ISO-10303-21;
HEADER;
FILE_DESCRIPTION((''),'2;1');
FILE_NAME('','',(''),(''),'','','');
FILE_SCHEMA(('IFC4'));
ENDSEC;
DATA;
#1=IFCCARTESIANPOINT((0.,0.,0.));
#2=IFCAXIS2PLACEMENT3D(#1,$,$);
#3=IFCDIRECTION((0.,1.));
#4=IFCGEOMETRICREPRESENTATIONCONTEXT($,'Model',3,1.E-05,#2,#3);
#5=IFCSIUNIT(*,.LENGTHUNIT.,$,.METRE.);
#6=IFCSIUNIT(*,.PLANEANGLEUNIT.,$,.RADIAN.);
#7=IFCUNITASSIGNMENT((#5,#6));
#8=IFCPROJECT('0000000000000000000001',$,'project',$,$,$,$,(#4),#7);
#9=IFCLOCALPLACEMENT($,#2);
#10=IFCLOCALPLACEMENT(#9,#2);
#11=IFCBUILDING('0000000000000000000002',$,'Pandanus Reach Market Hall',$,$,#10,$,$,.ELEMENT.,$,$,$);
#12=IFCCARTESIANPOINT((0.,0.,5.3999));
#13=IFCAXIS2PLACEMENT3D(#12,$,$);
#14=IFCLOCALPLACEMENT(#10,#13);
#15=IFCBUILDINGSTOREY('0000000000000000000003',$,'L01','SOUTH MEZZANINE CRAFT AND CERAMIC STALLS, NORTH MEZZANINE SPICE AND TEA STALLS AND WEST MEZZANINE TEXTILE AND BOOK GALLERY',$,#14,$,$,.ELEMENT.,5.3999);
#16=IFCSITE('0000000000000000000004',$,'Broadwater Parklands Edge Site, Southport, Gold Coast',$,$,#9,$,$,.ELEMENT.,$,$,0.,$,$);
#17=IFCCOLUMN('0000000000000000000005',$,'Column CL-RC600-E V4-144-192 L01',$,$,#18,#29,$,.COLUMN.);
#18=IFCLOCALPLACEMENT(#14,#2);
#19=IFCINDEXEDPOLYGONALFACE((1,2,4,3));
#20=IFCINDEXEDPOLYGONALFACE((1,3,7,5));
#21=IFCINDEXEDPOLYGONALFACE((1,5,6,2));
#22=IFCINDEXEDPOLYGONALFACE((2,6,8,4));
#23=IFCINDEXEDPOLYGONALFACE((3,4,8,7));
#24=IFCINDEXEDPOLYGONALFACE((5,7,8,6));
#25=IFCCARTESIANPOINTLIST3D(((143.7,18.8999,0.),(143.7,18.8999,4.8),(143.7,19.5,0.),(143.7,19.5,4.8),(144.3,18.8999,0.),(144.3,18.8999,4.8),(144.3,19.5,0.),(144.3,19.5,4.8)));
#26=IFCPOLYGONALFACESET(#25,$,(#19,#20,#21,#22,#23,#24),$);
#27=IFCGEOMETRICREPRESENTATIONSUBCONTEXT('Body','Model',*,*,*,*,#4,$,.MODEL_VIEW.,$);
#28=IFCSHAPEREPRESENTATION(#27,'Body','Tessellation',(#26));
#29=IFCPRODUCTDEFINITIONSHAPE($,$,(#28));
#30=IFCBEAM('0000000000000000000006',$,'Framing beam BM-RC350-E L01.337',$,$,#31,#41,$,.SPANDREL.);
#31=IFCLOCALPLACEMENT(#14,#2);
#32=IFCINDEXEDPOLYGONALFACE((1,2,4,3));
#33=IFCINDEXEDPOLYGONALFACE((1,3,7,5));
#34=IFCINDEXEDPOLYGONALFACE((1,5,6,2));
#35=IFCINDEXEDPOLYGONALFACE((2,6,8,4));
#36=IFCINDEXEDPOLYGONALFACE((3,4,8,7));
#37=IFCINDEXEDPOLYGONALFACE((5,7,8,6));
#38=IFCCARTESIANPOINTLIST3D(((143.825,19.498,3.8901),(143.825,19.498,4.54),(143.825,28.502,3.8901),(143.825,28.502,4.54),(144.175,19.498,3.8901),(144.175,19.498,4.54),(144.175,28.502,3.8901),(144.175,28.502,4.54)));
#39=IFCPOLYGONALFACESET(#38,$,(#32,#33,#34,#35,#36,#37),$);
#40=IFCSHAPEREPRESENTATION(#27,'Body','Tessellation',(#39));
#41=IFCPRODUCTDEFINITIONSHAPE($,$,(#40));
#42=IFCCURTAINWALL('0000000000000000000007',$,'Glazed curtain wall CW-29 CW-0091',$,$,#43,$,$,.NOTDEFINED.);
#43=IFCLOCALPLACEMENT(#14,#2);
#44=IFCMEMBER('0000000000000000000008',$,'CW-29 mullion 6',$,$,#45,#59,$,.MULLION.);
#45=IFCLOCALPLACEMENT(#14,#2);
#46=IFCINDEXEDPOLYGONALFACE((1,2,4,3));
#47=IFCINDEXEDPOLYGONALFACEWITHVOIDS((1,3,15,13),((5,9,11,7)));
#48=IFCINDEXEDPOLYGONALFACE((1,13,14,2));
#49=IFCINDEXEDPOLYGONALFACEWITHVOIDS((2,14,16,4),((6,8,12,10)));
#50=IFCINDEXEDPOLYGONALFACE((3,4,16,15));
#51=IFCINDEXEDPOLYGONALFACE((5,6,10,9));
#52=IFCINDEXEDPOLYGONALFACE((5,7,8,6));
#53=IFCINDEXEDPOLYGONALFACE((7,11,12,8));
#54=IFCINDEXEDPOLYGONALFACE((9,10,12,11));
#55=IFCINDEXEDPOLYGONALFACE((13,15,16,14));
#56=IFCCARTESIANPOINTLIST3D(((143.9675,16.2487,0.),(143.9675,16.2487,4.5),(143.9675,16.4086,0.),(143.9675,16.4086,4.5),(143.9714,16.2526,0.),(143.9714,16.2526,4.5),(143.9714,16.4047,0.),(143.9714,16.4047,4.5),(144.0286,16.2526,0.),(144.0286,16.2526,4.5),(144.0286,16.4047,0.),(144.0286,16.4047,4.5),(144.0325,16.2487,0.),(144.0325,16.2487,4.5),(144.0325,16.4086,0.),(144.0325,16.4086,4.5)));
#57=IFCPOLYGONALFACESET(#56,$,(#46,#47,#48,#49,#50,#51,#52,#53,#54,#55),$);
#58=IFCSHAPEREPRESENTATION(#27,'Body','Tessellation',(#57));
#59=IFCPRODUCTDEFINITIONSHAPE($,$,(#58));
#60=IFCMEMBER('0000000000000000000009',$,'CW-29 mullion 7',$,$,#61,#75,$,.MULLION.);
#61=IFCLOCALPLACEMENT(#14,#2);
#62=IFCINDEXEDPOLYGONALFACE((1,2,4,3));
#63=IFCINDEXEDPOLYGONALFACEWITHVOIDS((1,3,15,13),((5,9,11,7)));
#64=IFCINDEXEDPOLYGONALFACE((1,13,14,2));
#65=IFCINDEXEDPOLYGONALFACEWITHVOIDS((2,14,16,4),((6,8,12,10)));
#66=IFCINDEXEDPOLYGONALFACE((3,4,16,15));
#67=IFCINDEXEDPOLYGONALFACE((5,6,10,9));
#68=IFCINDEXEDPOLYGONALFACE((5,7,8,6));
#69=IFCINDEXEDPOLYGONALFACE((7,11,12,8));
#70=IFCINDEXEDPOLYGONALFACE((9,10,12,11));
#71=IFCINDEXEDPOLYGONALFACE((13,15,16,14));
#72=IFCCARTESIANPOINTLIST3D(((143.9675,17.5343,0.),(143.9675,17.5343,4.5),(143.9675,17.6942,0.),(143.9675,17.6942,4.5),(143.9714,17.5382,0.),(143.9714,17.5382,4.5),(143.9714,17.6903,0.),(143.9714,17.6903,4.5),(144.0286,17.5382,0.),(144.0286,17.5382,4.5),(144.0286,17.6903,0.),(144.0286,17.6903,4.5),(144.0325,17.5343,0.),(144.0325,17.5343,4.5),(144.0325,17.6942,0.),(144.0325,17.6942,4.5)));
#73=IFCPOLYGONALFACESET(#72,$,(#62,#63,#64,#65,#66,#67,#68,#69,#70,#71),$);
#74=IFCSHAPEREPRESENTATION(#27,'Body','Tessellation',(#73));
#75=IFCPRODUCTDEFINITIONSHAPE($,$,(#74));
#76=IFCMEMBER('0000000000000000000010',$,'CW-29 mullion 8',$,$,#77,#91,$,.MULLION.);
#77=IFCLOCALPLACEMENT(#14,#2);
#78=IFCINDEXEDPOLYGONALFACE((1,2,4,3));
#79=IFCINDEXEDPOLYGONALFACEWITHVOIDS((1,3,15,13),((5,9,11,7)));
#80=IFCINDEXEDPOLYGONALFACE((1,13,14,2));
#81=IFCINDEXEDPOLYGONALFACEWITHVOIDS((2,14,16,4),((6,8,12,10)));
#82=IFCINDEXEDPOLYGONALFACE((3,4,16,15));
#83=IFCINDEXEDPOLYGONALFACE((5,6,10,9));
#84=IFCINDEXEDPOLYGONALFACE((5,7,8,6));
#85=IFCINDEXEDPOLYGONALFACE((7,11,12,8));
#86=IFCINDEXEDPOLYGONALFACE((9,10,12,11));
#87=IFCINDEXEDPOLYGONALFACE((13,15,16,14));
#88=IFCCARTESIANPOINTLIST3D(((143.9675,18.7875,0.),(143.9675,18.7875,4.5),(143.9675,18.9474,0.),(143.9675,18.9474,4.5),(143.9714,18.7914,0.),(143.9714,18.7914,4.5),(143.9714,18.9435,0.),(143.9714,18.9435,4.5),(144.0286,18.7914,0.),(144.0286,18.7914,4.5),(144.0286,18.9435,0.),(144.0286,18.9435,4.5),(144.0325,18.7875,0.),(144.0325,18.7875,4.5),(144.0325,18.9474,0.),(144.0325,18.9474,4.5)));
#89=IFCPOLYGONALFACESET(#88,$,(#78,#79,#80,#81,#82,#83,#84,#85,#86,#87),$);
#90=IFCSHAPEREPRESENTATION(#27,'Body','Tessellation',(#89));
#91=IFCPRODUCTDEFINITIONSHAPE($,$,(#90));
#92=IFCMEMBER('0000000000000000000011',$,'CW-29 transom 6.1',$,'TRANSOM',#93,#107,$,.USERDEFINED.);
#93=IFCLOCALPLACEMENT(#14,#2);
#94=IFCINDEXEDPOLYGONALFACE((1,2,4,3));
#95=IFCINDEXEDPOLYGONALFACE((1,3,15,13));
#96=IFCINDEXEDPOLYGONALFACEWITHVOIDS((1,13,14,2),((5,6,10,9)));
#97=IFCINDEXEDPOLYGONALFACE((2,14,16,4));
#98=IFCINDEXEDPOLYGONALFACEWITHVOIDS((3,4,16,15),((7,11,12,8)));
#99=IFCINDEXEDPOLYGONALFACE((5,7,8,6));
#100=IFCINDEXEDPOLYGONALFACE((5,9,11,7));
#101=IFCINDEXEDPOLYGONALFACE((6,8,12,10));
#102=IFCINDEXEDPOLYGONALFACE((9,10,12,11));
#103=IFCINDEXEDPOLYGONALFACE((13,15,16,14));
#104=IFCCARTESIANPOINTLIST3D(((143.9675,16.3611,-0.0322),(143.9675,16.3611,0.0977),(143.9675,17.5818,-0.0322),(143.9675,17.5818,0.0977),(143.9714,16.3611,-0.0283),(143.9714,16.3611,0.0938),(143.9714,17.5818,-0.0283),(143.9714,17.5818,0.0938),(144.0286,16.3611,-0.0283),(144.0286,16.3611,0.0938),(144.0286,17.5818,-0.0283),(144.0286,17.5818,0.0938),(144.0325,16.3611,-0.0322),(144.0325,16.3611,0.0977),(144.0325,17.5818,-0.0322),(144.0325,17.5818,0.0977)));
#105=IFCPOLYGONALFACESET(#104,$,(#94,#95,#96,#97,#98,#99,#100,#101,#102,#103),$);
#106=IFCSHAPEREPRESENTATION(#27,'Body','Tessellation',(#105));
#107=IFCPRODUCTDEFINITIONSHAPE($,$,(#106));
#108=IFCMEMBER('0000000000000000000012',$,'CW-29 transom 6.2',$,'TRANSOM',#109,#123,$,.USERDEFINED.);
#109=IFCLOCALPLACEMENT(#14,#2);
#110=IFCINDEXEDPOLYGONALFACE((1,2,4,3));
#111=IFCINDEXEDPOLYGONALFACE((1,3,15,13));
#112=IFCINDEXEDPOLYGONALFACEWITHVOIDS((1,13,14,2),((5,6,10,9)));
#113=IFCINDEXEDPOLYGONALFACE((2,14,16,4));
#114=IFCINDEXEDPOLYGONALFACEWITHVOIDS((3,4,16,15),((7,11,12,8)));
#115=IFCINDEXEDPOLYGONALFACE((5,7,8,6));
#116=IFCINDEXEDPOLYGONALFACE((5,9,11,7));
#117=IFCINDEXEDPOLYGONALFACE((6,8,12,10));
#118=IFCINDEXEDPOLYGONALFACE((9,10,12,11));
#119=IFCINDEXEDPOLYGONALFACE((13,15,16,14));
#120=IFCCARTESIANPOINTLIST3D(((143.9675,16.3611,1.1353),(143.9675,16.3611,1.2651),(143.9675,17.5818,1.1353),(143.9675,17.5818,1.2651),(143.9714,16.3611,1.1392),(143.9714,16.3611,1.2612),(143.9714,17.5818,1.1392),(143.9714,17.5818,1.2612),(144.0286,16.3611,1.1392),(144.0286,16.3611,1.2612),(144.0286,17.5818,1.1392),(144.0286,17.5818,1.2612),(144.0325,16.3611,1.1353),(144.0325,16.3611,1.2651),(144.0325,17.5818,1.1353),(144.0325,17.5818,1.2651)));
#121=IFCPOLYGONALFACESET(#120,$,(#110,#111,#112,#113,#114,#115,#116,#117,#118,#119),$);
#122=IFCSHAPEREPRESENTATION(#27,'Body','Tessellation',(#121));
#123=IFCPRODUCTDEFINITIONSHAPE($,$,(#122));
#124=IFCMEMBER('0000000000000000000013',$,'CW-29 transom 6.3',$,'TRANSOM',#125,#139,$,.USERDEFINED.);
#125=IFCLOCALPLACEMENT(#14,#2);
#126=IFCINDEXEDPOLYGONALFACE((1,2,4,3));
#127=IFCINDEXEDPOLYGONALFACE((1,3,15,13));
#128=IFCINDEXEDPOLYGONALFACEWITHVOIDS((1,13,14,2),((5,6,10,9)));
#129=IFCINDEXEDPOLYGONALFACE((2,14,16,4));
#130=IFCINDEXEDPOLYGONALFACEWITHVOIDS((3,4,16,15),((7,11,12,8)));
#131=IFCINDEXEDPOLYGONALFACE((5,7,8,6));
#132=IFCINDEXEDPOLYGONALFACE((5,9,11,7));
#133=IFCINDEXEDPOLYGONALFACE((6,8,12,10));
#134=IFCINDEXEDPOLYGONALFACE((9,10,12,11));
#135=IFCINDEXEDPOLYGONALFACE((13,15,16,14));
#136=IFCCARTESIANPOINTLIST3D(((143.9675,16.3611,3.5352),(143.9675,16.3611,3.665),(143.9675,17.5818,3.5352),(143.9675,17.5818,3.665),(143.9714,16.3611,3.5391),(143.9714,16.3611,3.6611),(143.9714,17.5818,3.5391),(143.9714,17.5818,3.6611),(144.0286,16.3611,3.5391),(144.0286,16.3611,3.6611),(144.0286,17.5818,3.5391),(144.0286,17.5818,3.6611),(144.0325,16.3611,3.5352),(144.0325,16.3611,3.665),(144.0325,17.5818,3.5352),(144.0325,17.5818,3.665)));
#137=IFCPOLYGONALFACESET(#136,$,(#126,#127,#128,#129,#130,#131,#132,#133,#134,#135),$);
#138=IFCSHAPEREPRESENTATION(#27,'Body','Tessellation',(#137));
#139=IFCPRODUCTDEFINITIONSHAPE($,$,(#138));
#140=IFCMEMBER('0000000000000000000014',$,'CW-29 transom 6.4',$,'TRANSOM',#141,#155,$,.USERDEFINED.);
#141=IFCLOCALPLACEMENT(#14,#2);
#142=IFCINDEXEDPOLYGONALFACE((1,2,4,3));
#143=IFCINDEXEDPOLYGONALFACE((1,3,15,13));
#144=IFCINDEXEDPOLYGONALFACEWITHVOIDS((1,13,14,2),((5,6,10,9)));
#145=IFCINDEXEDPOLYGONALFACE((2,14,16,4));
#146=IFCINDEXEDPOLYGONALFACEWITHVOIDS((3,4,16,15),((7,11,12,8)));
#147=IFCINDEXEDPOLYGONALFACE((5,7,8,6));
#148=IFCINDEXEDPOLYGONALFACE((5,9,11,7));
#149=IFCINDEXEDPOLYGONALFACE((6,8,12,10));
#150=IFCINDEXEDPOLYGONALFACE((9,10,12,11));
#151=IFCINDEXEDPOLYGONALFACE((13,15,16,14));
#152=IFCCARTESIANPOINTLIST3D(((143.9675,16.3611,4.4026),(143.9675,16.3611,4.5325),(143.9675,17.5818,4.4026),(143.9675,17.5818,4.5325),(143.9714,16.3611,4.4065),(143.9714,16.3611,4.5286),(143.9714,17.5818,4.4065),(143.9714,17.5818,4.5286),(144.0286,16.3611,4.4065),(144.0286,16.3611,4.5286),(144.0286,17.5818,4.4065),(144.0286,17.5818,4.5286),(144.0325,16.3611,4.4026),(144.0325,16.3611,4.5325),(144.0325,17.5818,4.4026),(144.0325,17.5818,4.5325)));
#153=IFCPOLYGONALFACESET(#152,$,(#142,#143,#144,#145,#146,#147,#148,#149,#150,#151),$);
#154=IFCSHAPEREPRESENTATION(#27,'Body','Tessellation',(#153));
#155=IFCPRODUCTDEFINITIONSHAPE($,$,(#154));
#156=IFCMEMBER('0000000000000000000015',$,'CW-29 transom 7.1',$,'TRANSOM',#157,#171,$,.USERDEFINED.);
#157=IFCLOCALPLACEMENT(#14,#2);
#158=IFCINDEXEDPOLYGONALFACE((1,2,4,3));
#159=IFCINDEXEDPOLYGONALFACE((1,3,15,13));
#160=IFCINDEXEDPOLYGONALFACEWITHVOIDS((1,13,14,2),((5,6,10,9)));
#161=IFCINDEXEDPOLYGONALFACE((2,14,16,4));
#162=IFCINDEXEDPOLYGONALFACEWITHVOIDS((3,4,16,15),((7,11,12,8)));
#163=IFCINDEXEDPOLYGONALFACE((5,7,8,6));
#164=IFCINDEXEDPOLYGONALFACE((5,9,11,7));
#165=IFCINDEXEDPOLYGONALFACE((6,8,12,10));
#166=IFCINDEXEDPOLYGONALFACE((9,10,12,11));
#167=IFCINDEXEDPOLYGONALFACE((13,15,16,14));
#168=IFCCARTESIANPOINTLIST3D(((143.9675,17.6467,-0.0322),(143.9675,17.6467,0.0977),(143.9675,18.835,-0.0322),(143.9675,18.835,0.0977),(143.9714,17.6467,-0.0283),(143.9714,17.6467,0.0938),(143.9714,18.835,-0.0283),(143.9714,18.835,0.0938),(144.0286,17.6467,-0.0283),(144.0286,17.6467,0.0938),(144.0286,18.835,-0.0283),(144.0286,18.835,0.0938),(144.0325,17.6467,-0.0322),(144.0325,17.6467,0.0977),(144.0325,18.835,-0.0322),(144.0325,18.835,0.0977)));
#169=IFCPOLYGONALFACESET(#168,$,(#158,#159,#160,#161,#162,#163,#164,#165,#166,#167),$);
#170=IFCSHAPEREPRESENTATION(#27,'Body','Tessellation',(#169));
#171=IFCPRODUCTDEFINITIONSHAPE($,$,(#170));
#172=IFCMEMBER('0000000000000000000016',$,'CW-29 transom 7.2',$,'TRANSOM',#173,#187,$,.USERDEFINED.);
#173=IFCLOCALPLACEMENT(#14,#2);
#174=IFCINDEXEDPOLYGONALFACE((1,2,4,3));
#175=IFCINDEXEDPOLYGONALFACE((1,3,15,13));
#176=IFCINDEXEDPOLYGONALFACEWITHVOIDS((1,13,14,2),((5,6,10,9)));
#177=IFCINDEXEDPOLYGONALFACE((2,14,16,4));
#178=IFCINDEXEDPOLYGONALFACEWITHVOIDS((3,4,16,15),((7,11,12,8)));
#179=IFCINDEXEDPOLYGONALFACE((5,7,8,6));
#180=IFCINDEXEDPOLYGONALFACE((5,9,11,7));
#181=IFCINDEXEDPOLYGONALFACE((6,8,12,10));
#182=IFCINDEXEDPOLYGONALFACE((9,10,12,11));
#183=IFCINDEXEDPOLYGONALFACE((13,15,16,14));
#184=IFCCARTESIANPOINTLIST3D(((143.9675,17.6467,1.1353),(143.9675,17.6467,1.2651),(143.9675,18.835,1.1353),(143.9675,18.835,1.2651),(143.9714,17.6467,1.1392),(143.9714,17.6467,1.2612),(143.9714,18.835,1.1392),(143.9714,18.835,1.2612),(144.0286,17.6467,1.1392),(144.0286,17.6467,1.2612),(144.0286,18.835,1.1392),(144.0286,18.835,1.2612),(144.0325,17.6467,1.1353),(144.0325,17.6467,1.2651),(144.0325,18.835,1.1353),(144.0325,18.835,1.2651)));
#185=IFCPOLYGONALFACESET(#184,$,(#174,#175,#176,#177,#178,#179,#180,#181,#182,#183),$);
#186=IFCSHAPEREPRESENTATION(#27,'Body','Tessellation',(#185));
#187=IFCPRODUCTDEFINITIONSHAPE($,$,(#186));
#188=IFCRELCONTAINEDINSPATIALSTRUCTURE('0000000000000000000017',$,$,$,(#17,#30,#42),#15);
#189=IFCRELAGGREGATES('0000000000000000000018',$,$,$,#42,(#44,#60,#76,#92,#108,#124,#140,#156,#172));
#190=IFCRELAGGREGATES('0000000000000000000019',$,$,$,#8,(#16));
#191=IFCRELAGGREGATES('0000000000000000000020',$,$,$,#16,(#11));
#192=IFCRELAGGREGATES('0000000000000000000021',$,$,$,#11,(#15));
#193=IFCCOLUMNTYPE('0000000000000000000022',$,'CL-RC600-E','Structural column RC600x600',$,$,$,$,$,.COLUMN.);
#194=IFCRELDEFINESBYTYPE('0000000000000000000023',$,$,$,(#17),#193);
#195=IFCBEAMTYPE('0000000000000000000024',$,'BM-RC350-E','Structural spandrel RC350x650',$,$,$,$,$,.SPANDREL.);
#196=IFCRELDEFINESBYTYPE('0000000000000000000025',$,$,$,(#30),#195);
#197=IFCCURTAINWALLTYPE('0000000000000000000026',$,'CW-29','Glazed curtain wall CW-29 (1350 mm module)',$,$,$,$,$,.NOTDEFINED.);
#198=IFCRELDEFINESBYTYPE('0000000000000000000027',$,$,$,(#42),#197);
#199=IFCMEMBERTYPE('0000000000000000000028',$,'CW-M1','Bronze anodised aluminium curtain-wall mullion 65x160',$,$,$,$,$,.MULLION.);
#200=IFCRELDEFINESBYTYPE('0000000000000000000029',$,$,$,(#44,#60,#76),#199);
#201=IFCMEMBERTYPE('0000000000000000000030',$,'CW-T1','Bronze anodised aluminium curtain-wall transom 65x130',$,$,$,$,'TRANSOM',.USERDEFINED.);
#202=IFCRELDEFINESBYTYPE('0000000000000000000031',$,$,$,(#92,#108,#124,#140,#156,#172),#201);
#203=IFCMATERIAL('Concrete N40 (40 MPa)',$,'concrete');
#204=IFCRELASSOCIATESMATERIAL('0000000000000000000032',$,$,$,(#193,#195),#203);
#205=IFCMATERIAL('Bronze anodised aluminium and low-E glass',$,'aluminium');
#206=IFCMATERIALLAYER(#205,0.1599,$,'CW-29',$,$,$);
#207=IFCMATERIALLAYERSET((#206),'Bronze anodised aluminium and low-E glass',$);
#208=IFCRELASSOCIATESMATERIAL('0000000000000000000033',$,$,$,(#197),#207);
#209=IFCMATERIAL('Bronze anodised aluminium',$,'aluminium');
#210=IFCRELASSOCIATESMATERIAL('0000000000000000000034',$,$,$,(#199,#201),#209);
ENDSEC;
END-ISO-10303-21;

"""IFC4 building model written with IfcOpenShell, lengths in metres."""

from ifc_helpers import new_model, si_unit, direction, frame, origin, origin_2d, place, context, subcontext, project, spatial, rectangle, hollow_rectangle, extrude, material, layer, layer_set, material_profile, profile_set, type_object, element, aggregate, save


model = new_model("IFC4")

# Units and contexts
model_context = context("Model", 3, precision=1e-05, world=origin(), true_north=direction((0.0, 1.0)))
body_context = subcontext(model_context, "Body", "Model", "MODEL_VIEW")
ifc_project = project(units=[si_unit("LENGTHUNIT", "METRE"), si_unit("PLANEANGLEUNIT", "RADIAN")], contexts=[model_context])

# Site, building, storey
site_placement = place(None, origin())
site = spatial("IfcSite", under=ifc_project, at=site_placement, Name="Broadwater Parklands Edge Site, Southport, Gold Coast", CompositionType="ELEMENT", RefElevation=0.0)
building_placement = place(site_placement, origin())
building = spatial("IfcBuilding", under=site, at=building_placement, Name="Pandanus Reach Market Hall", CompositionType="ELEMENT")
storey_placement = place(building_placement, frame((0.0, 0.0, 5.3999)))
storey = spatial("IfcBuildingStorey", under=building, at=storey_placement, Name="L01", Description="SOUTH MEZZANINE CRAFT AND CERAMIC STALLS, NORTH MEZZANINE SPICE AND TEA STALLS AND WEST MEZZANINE TEXTILE AND BOOK GALLERY", CompositionType="ELEMENT", Elevation=5.3999)

# Column
ifc_material_1 = material(Name="Concrete N40 (40 MPa)", Category="concrete")
ifc_material_profile_1 = material_profile(ifc_material_1, rectangle(XDim=0.6001, YDim=0.6001, at=origin_2d()), Name="RC600x600", Category="LoadBearing")
ifc_profile_set_1 = profile_set([ifc_material_profile_1], Name="Concrete N40 (40 MPa)")
column_type = type_object("IfcColumnType", Name="CL-RC600-E", Description="Structural column RC600x600", PredefinedType="COLUMN", material=ifc_profile_set_1)
column_placement = place(storey_placement, frame((144.0, 19.2, 0.0), z_axis=(0.0, 0.0, 1.0), x_axis=(1.0, 0.0, 0.0)))
element("IfcColumn", 1, at=column_placement, inside=storey, type_object=column_type, Name="Column CL-RC600-E V4-144-192 L01", PredefinedType="COLUMN", context=body_context, shape_type="SweptSolid", body=[
    extrude(rectangle(XDim=0.6001, YDim=0.6001, at=origin_2d()), origin(), (0.0, 0.0, 1.0), 4.8),
])

# Beam
ifc_material_profile_2 = material_profile(ifc_material_1, rectangle(XDim=0.3501, YDim=0.6499, at=origin_2d()), Name="RC350x650", Category="LoadBearing")
ifc_profile_set_2 = profile_set([ifc_material_profile_2], Name="Concrete N40 (40 MPa)")
beam_type = type_object("IfcBeamType", Name="BM-RC350-E", Description="Structural spandrel RC350x650", PredefinedType="SPANDREL", material=ifc_profile_set_2)
beam_placement = place(storey_placement, frame((144.0, 19.498, 4.2151), z_axis=(0.0, 1.0, 0.0), x_axis=(-1.0, 0.0, 0.0)))
element("IfcBeam", 2, at=beam_placement, inside=storey, type_object=beam_type, Name="Framing beam BM-RC350-E L01.337", PredefinedType="SPANDREL", context=body_context, shape_type="SweptSolid", body=[
    extrude(rectangle(XDim=0.3501, YDim=0.6499, at=origin_2d()), origin(), (0.0, 0.0, 1.0), 9.0039),
])

# Curtain wall, members
ifc_material_2 = material(Name="Bronze anodised aluminium and low-E glass", Category="aluminium")
ifc_layer_1 = layer(ifc_material_2, 0.1599, Name="CW-29")
ifc_layer_set_1 = layer_set([ifc_layer_1], Name="Bronze anodised aluminium and low-E glass")
curtain_wall_type = type_object("IfcCurtainWallType", Name="CW-29", Description="Glazed curtain wall CW-29 (1350 mm module)", PredefinedType="NOTDEFINED", material=ifc_layer_set_1)
curtain_wall_placement = place(storey_placement, origin())
curtain_wall = element("IfcCurtainWall", 3, at=curtain_wall_placement, inside=storey, type_object=curtain_wall_type, Name="Glazed curtain wall CW-29 CW-0091", PredefinedType="NOTDEFINED")
ifc_material_3 = material(Name="Bronze anodised aluminium", Category="aluminium")
ifc_material_profile_3 = material_profile(ifc_material_3, hollow_rectangle(XDim=0.0649, YDim=0.1599, WallThickness=0.0039, at=origin_2d()), Name="ALU65x160", Category="LoadBearing")
ifc_profile_set_3 = profile_set([ifc_material_profile_3], Name="Bronze anodised aluminium")
member_type_1 = type_object("IfcMemberType", Name="CW-M1", Description="Bronze anodised aluminium curtain-wall mullion 65x160", PredefinedType="MULLION", material=ifc_profile_set_3)
member_1_placement = place(storey_placement, frame((144.0, 16.3286, 0.0), z_axis=(0.0, 0.0, 1.0), x_axis=(-1.0, 0.0, 0.0)))
member_1 = element("IfcMember", 4, at=member_1_placement, type_object=member_type_1, Name="CW-29 mullion 6", PredefinedType="MULLION", context=body_context, shape_type="SweptSolid", body=[
    extrude(hollow_rectangle(XDim=0.0649, YDim=0.1599, WallThickness=0.0039, at=origin_2d()), origin(), (0.0, 0.0, 1.0), 4.5),
])
member_2_placement = place(storey_placement, frame((144.0, 17.6143, 0.0), z_axis=(0.0, 0.0, 1.0), x_axis=(-1.0, 0.0, 0.0)))
member_2 = element("IfcMember", 5, at=member_2_placement, type_object=member_type_1, Name="CW-29 mullion 7", PredefinedType="MULLION", context=body_context, shape_type="SweptSolid", body=[
    extrude(hollow_rectangle(XDim=0.0649, YDim=0.1599, WallThickness=0.0039, at=origin_2d()), origin(), (0.0, 0.0, 1.0), 4.5),
])
member_3_placement = place(storey_placement, frame((144.0, 18.8674, 0.0), z_axis=(0.0, 0.0, 1.0), x_axis=(-1.0, 0.0, 0.0)))
member_3 = element("IfcMember", 6, at=member_3_placement, type_object=member_type_1, Name="CW-29 mullion 8", PredefinedType="MULLION", context=body_context, shape_type="SweptSolid", body=[
    extrude(hollow_rectangle(XDim=0.0649, YDim=0.1599, WallThickness=0.0039, at=origin_2d()), origin(), (0.0, 0.0, 1.0), 4.5),
])
ifc_material_profile_4 = material_profile(ifc_material_3, hollow_rectangle(XDim=0.0649, YDim=0.1299, WallThickness=0.0039, at=origin_2d()), Name="ALU65x130", Category="LoadBearing")
ifc_profile_set_4 = profile_set([ifc_material_profile_4], Name="Bronze anodised aluminium")
member_type_2 = type_object("IfcMemberType", Name="CW-T1", Description="Bronze anodised aluminium curtain-wall transom 65x130", ElementType="TRANSOM", PredefinedType="USERDEFINED", material=ifc_profile_set_4)
member_4_placement = place(storey_placement, frame((144.0, 16.3611, 0.0327), z_axis=(0.0, 1.0, 0.0), x_axis=(-1.0, 0.0, 0.0)))
member_4 = element("IfcMember", 7, at=member_4_placement, type_object=member_type_2, Name="CW-29 transom 6.1", ObjectType="TRANSOM", PredefinedType="USERDEFINED", context=body_context, shape_type="SweptSolid", body=[
    extrude(hollow_rectangle(XDim=0.0649, YDim=0.1299, WallThickness=0.0039, at=origin_2d()), origin(), (0.0, 0.0, 1.0), 1.2207),
])
member_5_placement = place(storey_placement, frame((144.0, 16.3611, 1.2002), z_axis=(0.0, 1.0, 0.0), x_axis=(-1.0, 0.0, 0.0)))
member_5 = element("IfcMember", 8, at=member_5_placement, type_object=member_type_2, Name="CW-29 transom 6.2", ObjectType="TRANSOM", PredefinedType="USERDEFINED", context=body_context, shape_type="SweptSolid", body=[
    extrude(hollow_rectangle(XDim=0.0649, YDim=0.1299, WallThickness=0.0039, at=origin_2d()), origin(), (0.0, 0.0, 1.0), 1.2207),
])
member_6_placement = place(storey_placement, frame((144.0, 16.3611, 3.6001), z_axis=(0.0, 1.0, 0.0), x_axis=(-1.0, 0.0, 0.0)))
member_6 = element("IfcMember", 9, at=member_6_placement, type_object=member_type_2, Name="CW-29 transom 6.3", ObjectType="TRANSOM", PredefinedType="USERDEFINED", context=body_context, shape_type="SweptSolid", body=[
    extrude(hollow_rectangle(XDim=0.0649, YDim=0.1299, WallThickness=0.0039, at=origin_2d()), origin(), (0.0, 0.0, 1.0), 1.2207),
])
member_7_placement = place(storey_placement, frame((144.0, 16.3611, 4.4675), z_axis=(0.0, 1.0, 0.0), x_axis=(-1.0, 0.0, 0.0)))
member_7 = element("IfcMember", 10, at=member_7_placement, type_object=member_type_2, Name="CW-29 transom 6.4", ObjectType="TRANSOM", PredefinedType="USERDEFINED", context=body_context, shape_type="SweptSolid", body=[
    extrude(hollow_rectangle(XDim=0.0649, YDim=0.1299, WallThickness=0.0039, at=origin_2d()), origin(), (0.0, 0.0, 1.0), 1.2207),
])
member_8_placement = place(storey_placement, frame((144.0, 17.6467, 0.0327), z_axis=(0.0, 1.0, 0.0), x_axis=(-1.0, 0.0, 0.0)))
member_8 = element("IfcMember", 11, at=member_8_placement, type_object=member_type_2, Name="CW-29 transom 7.1", ObjectType="TRANSOM", PredefinedType="USERDEFINED", context=body_context, shape_type="SweptSolid", body=[
    extrude(hollow_rectangle(XDim=0.0649, YDim=0.1299, WallThickness=0.0039, at=origin_2d()), origin(), (0.0, 0.0, 1.0), 1.1882),
])
member_9_placement = place(storey_placement, frame((144.0, 17.6467, 1.2002), z_axis=(0.0, 1.0, 0.0), x_axis=(-1.0, 0.0, 0.0)))
member_9 = element("IfcMember", 12, at=member_9_placement, type_object=member_type_2, Name="CW-29 transom 7.2", ObjectType="TRANSOM", PredefinedType="USERDEFINED", context=body_context, shape_type="SweptSolid", body=[
    extrude(hollow_rectangle(XDim=0.0649, YDim=0.1299, WallThickness=0.0039, at=origin_2d()), origin(), (0.0, 0.0, 1.0), 1.1882),
])
aggregate(curtain_wall, [member_1, member_2, member_3, member_4, member_5, member_6, member_7, member_8, member_9])

save(model, "model.ifc")
